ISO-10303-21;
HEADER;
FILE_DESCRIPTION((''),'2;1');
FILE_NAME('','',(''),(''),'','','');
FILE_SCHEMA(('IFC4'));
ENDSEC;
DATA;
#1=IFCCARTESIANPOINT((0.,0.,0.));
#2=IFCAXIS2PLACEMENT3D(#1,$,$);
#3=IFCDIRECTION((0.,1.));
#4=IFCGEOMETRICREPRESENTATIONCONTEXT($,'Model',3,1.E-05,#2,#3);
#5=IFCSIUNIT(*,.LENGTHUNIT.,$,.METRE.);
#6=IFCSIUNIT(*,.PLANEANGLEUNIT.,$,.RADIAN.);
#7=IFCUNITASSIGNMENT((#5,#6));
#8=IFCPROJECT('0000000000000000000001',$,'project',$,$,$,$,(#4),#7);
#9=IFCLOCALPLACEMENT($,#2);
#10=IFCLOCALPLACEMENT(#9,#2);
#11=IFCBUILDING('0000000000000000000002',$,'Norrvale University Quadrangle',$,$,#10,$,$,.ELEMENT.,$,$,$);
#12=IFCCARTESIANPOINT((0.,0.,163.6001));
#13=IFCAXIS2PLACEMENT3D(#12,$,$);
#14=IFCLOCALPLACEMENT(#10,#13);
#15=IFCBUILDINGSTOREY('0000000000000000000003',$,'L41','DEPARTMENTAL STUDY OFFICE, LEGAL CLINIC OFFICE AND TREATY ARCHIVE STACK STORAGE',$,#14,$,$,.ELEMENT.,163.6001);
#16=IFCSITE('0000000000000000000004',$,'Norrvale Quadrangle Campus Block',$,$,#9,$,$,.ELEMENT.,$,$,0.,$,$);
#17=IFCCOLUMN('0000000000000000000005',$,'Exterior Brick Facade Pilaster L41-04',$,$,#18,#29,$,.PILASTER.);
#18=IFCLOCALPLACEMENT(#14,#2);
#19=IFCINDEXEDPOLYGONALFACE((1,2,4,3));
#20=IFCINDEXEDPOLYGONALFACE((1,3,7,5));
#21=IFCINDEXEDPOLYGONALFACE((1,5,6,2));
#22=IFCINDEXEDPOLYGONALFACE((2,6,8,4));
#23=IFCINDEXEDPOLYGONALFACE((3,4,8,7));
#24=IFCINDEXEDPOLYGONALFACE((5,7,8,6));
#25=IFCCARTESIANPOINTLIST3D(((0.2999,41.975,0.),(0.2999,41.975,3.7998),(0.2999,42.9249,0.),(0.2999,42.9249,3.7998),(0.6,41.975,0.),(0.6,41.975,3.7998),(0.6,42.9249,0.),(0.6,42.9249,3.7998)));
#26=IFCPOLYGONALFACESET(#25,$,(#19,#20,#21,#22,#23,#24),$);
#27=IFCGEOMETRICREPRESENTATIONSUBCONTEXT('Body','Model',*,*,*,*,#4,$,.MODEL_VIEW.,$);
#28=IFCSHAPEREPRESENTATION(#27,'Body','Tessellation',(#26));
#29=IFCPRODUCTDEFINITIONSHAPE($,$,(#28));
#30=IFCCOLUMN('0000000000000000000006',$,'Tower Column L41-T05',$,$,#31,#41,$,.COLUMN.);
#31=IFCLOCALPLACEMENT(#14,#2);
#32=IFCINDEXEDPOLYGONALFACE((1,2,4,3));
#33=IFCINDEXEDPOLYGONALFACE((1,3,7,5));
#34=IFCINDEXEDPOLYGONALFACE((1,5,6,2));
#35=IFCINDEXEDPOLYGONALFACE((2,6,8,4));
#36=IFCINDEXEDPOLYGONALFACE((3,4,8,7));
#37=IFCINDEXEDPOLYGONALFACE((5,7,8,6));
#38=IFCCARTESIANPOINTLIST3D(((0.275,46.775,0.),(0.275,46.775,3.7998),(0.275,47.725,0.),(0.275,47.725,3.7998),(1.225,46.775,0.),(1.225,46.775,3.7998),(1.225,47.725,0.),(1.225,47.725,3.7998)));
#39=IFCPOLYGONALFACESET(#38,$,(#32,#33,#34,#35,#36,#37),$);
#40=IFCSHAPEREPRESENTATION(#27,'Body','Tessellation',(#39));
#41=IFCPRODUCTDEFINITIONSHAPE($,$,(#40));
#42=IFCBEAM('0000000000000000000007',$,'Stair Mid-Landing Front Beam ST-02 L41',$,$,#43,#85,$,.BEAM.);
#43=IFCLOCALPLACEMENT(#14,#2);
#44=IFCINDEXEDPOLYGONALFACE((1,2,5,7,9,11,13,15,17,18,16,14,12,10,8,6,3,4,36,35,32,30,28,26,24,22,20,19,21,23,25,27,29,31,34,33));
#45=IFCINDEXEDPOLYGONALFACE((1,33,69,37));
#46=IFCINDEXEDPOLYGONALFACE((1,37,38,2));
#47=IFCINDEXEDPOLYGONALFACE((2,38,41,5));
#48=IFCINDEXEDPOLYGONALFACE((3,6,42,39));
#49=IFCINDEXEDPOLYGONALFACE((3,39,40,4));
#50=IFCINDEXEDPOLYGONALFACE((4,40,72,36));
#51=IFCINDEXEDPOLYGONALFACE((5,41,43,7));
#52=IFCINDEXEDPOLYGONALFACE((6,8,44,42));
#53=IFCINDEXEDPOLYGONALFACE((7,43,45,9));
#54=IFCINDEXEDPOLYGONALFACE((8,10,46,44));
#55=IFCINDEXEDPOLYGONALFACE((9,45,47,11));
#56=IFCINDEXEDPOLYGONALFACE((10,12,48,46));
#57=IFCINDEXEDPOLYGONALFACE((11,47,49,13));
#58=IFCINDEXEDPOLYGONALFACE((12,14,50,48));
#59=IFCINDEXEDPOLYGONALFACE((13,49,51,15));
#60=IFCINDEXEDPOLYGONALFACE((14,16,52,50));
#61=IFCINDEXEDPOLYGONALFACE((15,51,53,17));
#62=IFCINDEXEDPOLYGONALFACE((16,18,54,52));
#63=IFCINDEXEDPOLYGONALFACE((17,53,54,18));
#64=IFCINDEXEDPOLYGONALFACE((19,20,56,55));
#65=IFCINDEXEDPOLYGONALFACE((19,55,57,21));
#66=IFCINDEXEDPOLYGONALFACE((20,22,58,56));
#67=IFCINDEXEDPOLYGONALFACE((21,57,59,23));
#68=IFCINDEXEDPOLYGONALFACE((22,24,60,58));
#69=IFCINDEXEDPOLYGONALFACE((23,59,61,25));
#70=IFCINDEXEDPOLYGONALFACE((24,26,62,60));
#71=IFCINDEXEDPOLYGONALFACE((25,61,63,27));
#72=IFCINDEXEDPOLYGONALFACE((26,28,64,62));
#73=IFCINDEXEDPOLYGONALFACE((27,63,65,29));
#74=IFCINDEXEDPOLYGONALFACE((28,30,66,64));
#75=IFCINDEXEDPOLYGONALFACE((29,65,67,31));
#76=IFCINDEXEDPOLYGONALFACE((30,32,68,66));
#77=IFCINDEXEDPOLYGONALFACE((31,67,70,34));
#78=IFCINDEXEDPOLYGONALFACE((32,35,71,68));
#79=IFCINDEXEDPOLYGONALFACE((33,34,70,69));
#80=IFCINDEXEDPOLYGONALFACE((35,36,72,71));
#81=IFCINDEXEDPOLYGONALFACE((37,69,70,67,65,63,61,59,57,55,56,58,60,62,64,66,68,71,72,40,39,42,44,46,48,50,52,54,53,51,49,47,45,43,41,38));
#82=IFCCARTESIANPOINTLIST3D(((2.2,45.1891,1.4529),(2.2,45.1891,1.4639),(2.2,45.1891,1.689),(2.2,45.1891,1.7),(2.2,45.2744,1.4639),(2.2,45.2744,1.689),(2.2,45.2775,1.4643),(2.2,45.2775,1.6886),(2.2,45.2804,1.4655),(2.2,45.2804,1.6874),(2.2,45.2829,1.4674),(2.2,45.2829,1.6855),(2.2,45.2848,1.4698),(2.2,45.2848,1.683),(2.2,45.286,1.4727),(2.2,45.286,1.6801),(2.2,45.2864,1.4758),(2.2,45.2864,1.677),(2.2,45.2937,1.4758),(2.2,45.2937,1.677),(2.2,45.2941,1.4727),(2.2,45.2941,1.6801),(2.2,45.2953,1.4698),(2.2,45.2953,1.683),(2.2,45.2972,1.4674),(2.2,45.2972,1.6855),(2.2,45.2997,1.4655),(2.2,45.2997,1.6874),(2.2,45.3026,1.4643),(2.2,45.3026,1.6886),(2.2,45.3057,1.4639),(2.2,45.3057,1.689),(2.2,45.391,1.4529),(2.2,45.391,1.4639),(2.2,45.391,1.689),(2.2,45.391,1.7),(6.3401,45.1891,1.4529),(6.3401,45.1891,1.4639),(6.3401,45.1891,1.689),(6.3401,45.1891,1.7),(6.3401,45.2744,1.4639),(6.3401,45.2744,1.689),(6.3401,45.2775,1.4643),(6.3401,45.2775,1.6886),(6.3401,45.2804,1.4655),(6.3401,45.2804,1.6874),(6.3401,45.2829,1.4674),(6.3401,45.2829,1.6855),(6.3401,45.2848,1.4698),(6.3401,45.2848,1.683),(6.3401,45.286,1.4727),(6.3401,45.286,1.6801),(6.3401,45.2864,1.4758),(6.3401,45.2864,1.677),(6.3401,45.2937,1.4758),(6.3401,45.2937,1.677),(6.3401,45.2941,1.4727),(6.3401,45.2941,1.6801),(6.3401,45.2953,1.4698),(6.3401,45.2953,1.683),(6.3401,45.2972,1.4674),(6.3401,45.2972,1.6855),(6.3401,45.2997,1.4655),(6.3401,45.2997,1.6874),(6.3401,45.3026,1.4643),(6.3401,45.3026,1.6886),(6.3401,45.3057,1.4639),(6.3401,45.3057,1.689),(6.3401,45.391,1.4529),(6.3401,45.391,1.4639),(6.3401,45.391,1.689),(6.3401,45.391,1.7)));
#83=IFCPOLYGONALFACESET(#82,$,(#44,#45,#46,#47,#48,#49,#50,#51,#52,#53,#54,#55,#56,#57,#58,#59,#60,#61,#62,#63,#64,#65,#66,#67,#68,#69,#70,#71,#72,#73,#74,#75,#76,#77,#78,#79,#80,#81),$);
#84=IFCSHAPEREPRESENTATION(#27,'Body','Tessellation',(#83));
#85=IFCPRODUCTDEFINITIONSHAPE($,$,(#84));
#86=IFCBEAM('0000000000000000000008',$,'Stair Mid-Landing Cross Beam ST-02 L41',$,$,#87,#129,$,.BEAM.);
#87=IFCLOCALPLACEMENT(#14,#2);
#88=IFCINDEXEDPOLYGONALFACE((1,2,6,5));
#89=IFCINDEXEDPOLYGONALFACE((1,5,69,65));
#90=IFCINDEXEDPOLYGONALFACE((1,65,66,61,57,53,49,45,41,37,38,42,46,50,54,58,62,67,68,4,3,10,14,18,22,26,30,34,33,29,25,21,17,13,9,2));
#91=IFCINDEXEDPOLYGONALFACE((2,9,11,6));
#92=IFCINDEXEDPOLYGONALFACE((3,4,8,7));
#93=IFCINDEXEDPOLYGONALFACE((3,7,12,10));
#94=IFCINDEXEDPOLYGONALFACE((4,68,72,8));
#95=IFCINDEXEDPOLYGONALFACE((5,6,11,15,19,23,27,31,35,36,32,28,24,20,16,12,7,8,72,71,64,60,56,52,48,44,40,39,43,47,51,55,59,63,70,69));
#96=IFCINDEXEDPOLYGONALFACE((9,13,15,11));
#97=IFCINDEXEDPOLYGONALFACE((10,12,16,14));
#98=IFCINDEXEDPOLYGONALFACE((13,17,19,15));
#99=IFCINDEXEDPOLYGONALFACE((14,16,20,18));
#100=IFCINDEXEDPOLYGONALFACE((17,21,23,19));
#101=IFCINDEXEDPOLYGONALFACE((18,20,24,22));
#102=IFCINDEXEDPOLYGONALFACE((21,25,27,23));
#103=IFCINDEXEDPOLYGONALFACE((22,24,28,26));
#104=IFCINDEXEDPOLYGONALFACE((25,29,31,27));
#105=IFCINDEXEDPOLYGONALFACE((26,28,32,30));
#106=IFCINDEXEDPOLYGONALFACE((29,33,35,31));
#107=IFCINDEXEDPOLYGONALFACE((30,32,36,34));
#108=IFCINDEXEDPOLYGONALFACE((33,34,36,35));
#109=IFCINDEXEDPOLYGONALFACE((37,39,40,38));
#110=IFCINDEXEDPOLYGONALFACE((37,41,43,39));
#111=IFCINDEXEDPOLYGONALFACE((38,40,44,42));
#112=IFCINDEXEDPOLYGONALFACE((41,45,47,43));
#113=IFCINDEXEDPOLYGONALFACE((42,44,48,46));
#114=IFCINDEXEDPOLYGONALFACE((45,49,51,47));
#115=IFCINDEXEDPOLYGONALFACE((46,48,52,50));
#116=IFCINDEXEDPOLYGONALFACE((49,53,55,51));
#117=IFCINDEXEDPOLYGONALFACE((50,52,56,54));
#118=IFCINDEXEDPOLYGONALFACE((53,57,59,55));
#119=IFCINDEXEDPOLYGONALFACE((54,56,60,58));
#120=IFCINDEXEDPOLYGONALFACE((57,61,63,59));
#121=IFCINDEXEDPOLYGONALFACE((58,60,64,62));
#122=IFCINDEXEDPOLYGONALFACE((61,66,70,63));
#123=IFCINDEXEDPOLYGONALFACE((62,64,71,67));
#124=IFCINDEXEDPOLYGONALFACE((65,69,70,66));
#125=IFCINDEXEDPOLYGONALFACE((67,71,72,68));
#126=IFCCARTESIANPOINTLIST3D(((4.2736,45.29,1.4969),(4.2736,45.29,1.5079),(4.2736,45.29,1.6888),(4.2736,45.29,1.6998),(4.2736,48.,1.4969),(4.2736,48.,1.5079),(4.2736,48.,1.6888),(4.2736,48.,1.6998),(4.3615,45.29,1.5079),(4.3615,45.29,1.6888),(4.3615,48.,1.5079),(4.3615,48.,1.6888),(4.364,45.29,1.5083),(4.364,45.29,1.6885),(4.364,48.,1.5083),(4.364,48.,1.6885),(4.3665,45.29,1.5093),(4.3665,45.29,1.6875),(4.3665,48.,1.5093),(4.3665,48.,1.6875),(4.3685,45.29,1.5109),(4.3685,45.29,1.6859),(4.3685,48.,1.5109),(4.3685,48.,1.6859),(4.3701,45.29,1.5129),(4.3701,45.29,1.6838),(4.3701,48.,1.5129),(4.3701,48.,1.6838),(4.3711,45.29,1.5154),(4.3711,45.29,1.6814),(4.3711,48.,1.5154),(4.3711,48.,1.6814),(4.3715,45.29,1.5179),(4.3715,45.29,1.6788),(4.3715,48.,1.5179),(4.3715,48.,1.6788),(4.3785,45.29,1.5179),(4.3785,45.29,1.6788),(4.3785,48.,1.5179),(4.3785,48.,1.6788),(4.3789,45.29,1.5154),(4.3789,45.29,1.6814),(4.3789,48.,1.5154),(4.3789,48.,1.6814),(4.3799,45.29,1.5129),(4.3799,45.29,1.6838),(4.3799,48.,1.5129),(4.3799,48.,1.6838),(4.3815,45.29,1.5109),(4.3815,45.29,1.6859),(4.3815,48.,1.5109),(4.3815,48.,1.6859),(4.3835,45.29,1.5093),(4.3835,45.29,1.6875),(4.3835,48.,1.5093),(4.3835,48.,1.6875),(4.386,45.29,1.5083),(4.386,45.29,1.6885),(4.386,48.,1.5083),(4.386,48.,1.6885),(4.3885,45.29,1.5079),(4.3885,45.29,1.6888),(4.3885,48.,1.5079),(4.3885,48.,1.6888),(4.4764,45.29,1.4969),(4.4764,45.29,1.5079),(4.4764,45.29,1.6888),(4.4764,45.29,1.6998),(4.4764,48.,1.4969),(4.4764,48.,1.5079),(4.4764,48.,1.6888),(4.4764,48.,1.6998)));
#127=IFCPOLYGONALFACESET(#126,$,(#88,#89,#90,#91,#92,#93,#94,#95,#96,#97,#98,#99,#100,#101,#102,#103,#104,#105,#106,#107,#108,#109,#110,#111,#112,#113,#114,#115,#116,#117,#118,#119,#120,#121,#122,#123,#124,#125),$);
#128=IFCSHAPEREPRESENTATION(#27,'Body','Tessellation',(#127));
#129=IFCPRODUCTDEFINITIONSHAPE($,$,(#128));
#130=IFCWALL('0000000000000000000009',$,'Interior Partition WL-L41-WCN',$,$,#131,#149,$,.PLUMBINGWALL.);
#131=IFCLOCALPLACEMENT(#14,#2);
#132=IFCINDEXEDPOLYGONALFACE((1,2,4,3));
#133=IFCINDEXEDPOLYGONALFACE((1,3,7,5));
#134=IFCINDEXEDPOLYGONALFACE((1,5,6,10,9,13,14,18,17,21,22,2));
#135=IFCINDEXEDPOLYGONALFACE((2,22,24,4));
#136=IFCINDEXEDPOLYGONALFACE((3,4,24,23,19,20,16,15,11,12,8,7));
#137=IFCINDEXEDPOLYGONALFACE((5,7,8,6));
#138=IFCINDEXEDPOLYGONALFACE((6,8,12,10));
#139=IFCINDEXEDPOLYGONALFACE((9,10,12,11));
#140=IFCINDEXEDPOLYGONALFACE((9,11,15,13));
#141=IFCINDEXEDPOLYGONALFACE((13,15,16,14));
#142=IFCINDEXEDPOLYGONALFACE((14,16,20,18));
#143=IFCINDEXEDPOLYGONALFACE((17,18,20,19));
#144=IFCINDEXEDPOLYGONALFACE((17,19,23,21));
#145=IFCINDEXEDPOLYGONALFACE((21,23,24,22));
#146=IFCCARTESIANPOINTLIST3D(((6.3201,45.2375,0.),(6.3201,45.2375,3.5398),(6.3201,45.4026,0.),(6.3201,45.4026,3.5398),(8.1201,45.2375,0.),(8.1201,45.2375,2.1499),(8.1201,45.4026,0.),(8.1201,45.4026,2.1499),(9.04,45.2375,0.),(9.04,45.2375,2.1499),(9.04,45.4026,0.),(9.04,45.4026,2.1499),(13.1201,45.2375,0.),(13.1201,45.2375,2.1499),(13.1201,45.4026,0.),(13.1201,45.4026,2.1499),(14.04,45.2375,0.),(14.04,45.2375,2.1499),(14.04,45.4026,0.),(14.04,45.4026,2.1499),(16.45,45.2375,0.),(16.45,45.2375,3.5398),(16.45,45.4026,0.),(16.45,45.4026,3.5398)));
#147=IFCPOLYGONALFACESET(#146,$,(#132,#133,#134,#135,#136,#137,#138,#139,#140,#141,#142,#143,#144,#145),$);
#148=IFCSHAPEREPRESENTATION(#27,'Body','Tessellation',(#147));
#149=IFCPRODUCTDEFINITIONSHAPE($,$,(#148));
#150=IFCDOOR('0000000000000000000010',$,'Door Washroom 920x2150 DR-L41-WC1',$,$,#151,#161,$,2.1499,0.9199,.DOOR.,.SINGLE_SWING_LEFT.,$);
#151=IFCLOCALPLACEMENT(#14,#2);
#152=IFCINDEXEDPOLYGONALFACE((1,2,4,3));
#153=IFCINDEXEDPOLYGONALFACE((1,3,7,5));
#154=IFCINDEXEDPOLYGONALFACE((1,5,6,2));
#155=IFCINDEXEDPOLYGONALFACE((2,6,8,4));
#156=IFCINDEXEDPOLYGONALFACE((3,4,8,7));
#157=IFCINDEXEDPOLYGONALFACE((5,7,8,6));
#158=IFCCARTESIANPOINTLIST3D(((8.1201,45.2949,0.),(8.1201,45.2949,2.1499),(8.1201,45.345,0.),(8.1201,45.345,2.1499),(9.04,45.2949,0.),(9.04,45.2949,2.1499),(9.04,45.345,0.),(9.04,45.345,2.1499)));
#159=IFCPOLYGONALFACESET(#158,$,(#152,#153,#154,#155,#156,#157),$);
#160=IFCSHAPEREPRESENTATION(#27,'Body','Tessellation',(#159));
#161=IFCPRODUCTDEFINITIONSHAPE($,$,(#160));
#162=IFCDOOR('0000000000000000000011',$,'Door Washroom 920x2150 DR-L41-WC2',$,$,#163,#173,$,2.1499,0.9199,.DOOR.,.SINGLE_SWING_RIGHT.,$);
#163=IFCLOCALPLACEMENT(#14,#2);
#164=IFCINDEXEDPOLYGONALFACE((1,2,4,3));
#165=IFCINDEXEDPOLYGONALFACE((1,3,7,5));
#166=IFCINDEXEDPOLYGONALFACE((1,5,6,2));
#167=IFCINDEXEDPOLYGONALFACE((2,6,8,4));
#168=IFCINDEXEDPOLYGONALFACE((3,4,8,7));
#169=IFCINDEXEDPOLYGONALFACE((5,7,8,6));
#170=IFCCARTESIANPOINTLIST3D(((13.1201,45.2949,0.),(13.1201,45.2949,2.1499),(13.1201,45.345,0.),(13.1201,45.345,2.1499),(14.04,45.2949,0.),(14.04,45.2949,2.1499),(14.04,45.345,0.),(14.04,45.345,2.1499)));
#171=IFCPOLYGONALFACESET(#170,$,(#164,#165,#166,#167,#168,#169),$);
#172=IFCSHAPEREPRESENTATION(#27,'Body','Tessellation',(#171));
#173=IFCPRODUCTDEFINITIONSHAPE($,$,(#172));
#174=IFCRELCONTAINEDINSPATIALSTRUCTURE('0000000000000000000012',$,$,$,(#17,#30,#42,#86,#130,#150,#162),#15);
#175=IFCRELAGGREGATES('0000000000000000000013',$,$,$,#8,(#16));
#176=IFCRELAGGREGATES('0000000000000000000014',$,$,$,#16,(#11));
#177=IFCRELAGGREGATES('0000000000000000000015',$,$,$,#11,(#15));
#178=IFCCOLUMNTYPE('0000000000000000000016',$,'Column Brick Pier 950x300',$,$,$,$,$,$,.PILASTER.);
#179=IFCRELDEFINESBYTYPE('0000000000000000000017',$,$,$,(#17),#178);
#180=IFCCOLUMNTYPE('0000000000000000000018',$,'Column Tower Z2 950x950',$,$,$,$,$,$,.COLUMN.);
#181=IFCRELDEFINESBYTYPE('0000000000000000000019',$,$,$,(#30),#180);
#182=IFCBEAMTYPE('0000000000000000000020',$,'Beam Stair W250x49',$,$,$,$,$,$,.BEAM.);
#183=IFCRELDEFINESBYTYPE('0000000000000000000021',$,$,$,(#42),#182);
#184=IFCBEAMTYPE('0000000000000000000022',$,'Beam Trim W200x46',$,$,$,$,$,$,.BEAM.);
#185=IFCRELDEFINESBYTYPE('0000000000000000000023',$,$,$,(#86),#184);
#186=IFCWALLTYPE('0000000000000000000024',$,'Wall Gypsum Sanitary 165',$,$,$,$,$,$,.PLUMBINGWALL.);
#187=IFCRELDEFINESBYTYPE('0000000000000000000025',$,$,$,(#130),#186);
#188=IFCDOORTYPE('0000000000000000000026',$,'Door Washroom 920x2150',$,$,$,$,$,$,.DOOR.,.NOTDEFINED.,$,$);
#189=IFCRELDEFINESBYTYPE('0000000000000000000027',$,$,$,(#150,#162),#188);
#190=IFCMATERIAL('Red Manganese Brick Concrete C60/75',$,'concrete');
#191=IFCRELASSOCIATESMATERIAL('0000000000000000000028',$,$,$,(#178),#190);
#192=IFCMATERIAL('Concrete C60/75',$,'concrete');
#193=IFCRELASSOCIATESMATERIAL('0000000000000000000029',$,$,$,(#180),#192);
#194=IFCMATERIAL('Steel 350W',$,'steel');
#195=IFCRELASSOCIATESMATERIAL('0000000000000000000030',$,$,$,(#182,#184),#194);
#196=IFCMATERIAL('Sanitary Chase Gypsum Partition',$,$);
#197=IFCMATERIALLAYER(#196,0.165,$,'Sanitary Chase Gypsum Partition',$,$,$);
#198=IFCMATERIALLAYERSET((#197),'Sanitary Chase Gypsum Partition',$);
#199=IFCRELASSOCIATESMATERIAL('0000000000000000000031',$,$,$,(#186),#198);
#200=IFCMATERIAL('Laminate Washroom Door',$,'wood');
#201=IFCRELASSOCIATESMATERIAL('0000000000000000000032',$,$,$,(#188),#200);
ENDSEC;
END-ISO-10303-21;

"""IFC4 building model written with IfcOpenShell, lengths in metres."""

from ifc_helpers import new_model, si_unit, direction, frame, frame_2d, origin, origin_2d, place, context, subcontext, project, spatial, rectangle, i_section, extrude, material, layer, layer_set, material_profile, profile_set, type_object, element, fill, save


model = new_model("IFC4")

# Units and contexts
model_context = context("Model", 3, precision=1e-05, world=origin(), true_north=direction((0.0, 1.0)))
body_context = subcontext(model_context, "Body", "Model", "MODEL_VIEW")
ifc_project = project(units=[si_unit("LENGTHUNIT", "METRE"), si_unit("PLANEANGLEUNIT", "RADIAN")], contexts=[model_context])

# Site, building, storey
site_placement = place(None, origin())
site = spatial("IfcSite", under=ifc_project, at=site_placement, Name="Norrvale Quadrangle Campus Block", CompositionType="ELEMENT", RefElevation=0.0)
building_placement = place(site_placement, origin())
building = spatial("IfcBuilding", under=site, at=building_placement, Name="Norrvale University Quadrangle", CompositionType="ELEMENT")
storey_placement = place(building_placement, frame((0.0, 0.0, 163.6001)))
storey = spatial("IfcBuildingStorey", under=building, at=storey_placement, Name="L41", Description="DEPARTMENTAL STUDY OFFICE, LEGAL CLINIC OFFICE AND TREATY ARCHIVE STACK STORAGE", CompositionType="ELEMENT", Elevation=163.6001)

# Columns
ifc_material_1 = material(Name="Red Manganese Brick Concrete C60/75", Category="concrete")
ifc_material_profile_1 = material_profile(ifc_material_1, rectangle(XDim=0.95, YDim=0.3, at=origin_2d()), Name="Red Manganese Brick Concrete C60/75")
ifc_profile_set_1 = profile_set([ifc_material_profile_1], Name="Red Manganese Brick Concrete C60/75")
column_type_1 = type_object("IfcColumnType", Name="Column Brick Pier 950x300", PredefinedType="PILASTER", material=ifc_profile_set_1)
column_1_placement = place(storey_placement, frame((0.45, 42.45, 0.0), z_axis=(0.0, 0.0, 1.0), x_axis=(0.0, 1.0, 0.0)))
element("IfcColumn", 1, at=column_1_placement, inside=storey, type_object=column_type_1, Name="Exterior Brick Facade Pilaster L41-04", PredefinedType="PILASTER", context=body_context, shape_type="SweptSolid", body=[
    extrude(rectangle(XDim=0.95, YDim=0.3, at=origin_2d()), origin(), (0.0, 0.0, 1.0), 3.7998),
])
ifc_material_2 = material(Name="Concrete C60/75", Category="concrete")
ifc_material_profile_2 = material_profile(ifc_material_2, rectangle(XDim=0.95, YDim=0.95, at=origin_2d()), Name="Concrete C60/75")
ifc_profile_set_2 = profile_set([ifc_material_profile_2], Name="Concrete C60/75")
column_type_2 = type_object("IfcColumnType", Name="Column Tower Z2 950x950", PredefinedType="COLUMN", material=ifc_profile_set_2)
column_2_placement = place(storey_placement, frame((0.75, 47.25, 0.0), z_axis=(0.0, 0.0, 1.0), x_axis=(1.0, 0.0, 0.0)))
element("IfcColumn", 2, at=column_2_placement, inside=storey, type_object=column_type_2, Name="Tower Column L41-T05", PredefinedType="COLUMN", context=body_context, shape_type="SweptSolid", body=[
    extrude(rectangle(XDim=0.95, YDim=0.95, at=origin_2d()), origin(), (0.0, 0.0, 1.0), 3.7998),
])

# Beams
ifc_material_3 = material(Name="Steel 350W", Category="steel")
ifc_material_profile_3 = material_profile(ifc_material_3, i_section(OverallWidth=0.2019, OverallDepth=0.2471, WebThickness=0.0073, FlangeThickness=0.011, FilletRadius=0.012, at=origin_2d()), Name="Steel 350W")
ifc_profile_set_3 = profile_set([ifc_material_profile_3], Name="Steel 350W")
beam_type_1 = type_object("IfcBeamType", Name="Beam Stair W250x49", PredefinedType="BEAM", material=ifc_profile_set_3)
beam_1_placement = place(storey_placement, frame((2.2, 45.29, 1.5764), z_axis=(1.0, 0.0, 0.0), x_axis=(0.0, 1.0, 0.0)))
element("IfcBeam", 3, at=beam_1_placement, inside=storey, type_object=beam_type_1, Name="Stair Mid-Landing Front Beam ST-02 L41", PredefinedType="BEAM", context=body_context, shape_type="SweptSolid", body=[
    extrude(i_section(OverallWidth=0.2019, OverallDepth=0.2471, WebThickness=0.0073, FlangeThickness=0.011, FilletRadius=0.012, at=origin_2d()), origin(), (0.0, 0.0, 1.0), 4.1401),
])
ifc_material_profile_4 = material_profile(ifc_material_3, i_section(OverallWidth=0.2029, OverallDepth=0.2029, WebThickness=0.0071, FlangeThickness=0.011, FilletRadius=0.01, at=origin_2d()), Name="Steel 350W")
ifc_profile_set_4 = profile_set([ifc_material_profile_4], Name="Steel 350W")
beam_type_2 = type_object("IfcBeamType", Name="Beam Trim W200x46", PredefinedType="BEAM", material=ifc_profile_set_4)
beam_2_placement = place(storey_placement, frame((4.375, 45.29, 1.5984), z_axis=(0.0, 1.0, 0.0), x_axis=(-1.0, 0.0, 0.0)))
element("IfcBeam", 4, at=beam_2_placement, inside=storey, type_object=beam_type_2, Name="Stair Mid-Landing Cross Beam ST-02 L41", PredefinedType="BEAM", context=body_context, shape_type="SweptSolid", body=[
    extrude(i_section(OverallWidth=0.2029, OverallDepth=0.2029, WebThickness=0.0071, FlangeThickness=0.011, FilletRadius=0.01, at=origin_2d()), origin(), (0.0, 0.0, 1.0), 2.71),
])

# Wall, openings, doors
ifc_material_4 = material(Name="Sanitary Chase Gypsum Partition")
ifc_layer_1 = layer(ifc_material_4, 0.165, Name="Sanitary Chase Gypsum Partition")
ifc_layer_set_1 = layer_set([ifc_layer_1], Name="Sanitary Chase Gypsum Partition")
wall_type_1 = type_object("IfcWallType", Name="Wall Gypsum Sanitary 165", PredefinedType="PLUMBINGWALL", material=ifc_layer_set_1)
wall_1_placement = place(storey_placement, frame((6.3201, 45.3201, 0.0), z_axis=(0.0, 0.0, 1.0), x_axis=(1.0, 0.0, 0.0)))
wall_1 = element("IfcWall", 5, at=wall_1_placement, inside=storey, type_object=wall_type_1, Name="Interior Partition WL-L41-WCN", PredefinedType="PLUMBINGWALL", context=body_context, shape_type="SweptSolid", body=[
    extrude(rectangle(XDim=10.1299, YDim=0.165, at=frame_2d((5.0649, 0.0))), origin(), (0.0, 0.0, 1.0), 3.5398),
])
opening_1_placement = place(wall_1_placement, frame((1.8, 0.0, 0.0)))
opening_1 = element("IfcOpeningElement", 6, at=opening_1_placement, cuts=wall_1, PredefinedType="OPENING", context=body_context, shape_type="SweptSolid", body=[
    extrude(rectangle(XDim=0.9199, YDim=2.1499, at=frame_2d((0.46, 1.075))), frame((0.0, 0.0945, 0.0), z_axis=(0.0, -1.0, 0.0), x_axis=(1.0, 0.0, 0.0)), (0.0, 0.0, 1.0), 0.189),
])
opening_2_placement = place(wall_1_placement, frame((6.8, 0.0, 0.0)))
opening_2 = element("IfcOpeningElement", 7, at=opening_2_placement, cuts=wall_1, PredefinedType="OPENING", context=body_context, shape_type="SweptSolid", body=[
    extrude(rectangle(XDim=0.9199, YDim=2.1499, at=frame_2d((0.46, 1.075))), frame((0.0, 0.0945, 0.0), z_axis=(0.0, -1.0, 0.0), x_axis=(1.0, 0.0, 0.0)), (0.0, 0.0, 1.0), 0.189),
])
ifc_material_5 = material(Name="Laminate Washroom Door", Category="wood")
door_type = type_object("IfcDoorType", Name="Door Washroom 920x2150", OperationType="NOTDEFINED", PredefinedType="DOOR", material=ifc_material_5)
door_1_placement = place(opening_1_placement, origin())
door_1 = element("IfcDoor", 8, at=door_1_placement, inside=storey, type_object=door_type, Name="Door Washroom 920x2150 DR-L41-WC1", OperationType="SINGLE_SWING_LEFT", OverallHeight=2.1499, OverallWidth=0.9199, PredefinedType="DOOR", context=body_context, shape_type="SweptSolid", body=[
    extrude(rectangle(XDim=0.9199, YDim=2.1499, at=frame_2d((0.46, 1.075))), frame((0.0, 0.0249, 0.0), z_axis=(0.0, -1.0, 0.0), x_axis=(1.0, 0.0, 0.0)), (0.0, 0.0, 1.0), 0.05),
])
fill(opening_1, door_1)
door_2_placement = place(opening_2_placement, origin())
door_2 = element("IfcDoor", 9, at=door_2_placement, inside=storey, type_object=door_type, Name="Door Washroom 920x2150 DR-L41-WC2", OperationType="SINGLE_SWING_RIGHT", OverallHeight=2.1499, OverallWidth=0.9199, PredefinedType="DOOR", context=body_context, shape_type="SweptSolid", body=[
    extrude(rectangle(XDim=0.9199, YDim=2.1499, at=frame_2d((0.46, 1.075))), frame((0.0, 0.0249, 0.0), z_axis=(0.0, -1.0, 0.0), x_axis=(1.0, 0.0, 0.0)), (0.0, 0.0, 1.0), 0.05),
])
fill(opening_2, door_2)

save(model, "model.ifc")
